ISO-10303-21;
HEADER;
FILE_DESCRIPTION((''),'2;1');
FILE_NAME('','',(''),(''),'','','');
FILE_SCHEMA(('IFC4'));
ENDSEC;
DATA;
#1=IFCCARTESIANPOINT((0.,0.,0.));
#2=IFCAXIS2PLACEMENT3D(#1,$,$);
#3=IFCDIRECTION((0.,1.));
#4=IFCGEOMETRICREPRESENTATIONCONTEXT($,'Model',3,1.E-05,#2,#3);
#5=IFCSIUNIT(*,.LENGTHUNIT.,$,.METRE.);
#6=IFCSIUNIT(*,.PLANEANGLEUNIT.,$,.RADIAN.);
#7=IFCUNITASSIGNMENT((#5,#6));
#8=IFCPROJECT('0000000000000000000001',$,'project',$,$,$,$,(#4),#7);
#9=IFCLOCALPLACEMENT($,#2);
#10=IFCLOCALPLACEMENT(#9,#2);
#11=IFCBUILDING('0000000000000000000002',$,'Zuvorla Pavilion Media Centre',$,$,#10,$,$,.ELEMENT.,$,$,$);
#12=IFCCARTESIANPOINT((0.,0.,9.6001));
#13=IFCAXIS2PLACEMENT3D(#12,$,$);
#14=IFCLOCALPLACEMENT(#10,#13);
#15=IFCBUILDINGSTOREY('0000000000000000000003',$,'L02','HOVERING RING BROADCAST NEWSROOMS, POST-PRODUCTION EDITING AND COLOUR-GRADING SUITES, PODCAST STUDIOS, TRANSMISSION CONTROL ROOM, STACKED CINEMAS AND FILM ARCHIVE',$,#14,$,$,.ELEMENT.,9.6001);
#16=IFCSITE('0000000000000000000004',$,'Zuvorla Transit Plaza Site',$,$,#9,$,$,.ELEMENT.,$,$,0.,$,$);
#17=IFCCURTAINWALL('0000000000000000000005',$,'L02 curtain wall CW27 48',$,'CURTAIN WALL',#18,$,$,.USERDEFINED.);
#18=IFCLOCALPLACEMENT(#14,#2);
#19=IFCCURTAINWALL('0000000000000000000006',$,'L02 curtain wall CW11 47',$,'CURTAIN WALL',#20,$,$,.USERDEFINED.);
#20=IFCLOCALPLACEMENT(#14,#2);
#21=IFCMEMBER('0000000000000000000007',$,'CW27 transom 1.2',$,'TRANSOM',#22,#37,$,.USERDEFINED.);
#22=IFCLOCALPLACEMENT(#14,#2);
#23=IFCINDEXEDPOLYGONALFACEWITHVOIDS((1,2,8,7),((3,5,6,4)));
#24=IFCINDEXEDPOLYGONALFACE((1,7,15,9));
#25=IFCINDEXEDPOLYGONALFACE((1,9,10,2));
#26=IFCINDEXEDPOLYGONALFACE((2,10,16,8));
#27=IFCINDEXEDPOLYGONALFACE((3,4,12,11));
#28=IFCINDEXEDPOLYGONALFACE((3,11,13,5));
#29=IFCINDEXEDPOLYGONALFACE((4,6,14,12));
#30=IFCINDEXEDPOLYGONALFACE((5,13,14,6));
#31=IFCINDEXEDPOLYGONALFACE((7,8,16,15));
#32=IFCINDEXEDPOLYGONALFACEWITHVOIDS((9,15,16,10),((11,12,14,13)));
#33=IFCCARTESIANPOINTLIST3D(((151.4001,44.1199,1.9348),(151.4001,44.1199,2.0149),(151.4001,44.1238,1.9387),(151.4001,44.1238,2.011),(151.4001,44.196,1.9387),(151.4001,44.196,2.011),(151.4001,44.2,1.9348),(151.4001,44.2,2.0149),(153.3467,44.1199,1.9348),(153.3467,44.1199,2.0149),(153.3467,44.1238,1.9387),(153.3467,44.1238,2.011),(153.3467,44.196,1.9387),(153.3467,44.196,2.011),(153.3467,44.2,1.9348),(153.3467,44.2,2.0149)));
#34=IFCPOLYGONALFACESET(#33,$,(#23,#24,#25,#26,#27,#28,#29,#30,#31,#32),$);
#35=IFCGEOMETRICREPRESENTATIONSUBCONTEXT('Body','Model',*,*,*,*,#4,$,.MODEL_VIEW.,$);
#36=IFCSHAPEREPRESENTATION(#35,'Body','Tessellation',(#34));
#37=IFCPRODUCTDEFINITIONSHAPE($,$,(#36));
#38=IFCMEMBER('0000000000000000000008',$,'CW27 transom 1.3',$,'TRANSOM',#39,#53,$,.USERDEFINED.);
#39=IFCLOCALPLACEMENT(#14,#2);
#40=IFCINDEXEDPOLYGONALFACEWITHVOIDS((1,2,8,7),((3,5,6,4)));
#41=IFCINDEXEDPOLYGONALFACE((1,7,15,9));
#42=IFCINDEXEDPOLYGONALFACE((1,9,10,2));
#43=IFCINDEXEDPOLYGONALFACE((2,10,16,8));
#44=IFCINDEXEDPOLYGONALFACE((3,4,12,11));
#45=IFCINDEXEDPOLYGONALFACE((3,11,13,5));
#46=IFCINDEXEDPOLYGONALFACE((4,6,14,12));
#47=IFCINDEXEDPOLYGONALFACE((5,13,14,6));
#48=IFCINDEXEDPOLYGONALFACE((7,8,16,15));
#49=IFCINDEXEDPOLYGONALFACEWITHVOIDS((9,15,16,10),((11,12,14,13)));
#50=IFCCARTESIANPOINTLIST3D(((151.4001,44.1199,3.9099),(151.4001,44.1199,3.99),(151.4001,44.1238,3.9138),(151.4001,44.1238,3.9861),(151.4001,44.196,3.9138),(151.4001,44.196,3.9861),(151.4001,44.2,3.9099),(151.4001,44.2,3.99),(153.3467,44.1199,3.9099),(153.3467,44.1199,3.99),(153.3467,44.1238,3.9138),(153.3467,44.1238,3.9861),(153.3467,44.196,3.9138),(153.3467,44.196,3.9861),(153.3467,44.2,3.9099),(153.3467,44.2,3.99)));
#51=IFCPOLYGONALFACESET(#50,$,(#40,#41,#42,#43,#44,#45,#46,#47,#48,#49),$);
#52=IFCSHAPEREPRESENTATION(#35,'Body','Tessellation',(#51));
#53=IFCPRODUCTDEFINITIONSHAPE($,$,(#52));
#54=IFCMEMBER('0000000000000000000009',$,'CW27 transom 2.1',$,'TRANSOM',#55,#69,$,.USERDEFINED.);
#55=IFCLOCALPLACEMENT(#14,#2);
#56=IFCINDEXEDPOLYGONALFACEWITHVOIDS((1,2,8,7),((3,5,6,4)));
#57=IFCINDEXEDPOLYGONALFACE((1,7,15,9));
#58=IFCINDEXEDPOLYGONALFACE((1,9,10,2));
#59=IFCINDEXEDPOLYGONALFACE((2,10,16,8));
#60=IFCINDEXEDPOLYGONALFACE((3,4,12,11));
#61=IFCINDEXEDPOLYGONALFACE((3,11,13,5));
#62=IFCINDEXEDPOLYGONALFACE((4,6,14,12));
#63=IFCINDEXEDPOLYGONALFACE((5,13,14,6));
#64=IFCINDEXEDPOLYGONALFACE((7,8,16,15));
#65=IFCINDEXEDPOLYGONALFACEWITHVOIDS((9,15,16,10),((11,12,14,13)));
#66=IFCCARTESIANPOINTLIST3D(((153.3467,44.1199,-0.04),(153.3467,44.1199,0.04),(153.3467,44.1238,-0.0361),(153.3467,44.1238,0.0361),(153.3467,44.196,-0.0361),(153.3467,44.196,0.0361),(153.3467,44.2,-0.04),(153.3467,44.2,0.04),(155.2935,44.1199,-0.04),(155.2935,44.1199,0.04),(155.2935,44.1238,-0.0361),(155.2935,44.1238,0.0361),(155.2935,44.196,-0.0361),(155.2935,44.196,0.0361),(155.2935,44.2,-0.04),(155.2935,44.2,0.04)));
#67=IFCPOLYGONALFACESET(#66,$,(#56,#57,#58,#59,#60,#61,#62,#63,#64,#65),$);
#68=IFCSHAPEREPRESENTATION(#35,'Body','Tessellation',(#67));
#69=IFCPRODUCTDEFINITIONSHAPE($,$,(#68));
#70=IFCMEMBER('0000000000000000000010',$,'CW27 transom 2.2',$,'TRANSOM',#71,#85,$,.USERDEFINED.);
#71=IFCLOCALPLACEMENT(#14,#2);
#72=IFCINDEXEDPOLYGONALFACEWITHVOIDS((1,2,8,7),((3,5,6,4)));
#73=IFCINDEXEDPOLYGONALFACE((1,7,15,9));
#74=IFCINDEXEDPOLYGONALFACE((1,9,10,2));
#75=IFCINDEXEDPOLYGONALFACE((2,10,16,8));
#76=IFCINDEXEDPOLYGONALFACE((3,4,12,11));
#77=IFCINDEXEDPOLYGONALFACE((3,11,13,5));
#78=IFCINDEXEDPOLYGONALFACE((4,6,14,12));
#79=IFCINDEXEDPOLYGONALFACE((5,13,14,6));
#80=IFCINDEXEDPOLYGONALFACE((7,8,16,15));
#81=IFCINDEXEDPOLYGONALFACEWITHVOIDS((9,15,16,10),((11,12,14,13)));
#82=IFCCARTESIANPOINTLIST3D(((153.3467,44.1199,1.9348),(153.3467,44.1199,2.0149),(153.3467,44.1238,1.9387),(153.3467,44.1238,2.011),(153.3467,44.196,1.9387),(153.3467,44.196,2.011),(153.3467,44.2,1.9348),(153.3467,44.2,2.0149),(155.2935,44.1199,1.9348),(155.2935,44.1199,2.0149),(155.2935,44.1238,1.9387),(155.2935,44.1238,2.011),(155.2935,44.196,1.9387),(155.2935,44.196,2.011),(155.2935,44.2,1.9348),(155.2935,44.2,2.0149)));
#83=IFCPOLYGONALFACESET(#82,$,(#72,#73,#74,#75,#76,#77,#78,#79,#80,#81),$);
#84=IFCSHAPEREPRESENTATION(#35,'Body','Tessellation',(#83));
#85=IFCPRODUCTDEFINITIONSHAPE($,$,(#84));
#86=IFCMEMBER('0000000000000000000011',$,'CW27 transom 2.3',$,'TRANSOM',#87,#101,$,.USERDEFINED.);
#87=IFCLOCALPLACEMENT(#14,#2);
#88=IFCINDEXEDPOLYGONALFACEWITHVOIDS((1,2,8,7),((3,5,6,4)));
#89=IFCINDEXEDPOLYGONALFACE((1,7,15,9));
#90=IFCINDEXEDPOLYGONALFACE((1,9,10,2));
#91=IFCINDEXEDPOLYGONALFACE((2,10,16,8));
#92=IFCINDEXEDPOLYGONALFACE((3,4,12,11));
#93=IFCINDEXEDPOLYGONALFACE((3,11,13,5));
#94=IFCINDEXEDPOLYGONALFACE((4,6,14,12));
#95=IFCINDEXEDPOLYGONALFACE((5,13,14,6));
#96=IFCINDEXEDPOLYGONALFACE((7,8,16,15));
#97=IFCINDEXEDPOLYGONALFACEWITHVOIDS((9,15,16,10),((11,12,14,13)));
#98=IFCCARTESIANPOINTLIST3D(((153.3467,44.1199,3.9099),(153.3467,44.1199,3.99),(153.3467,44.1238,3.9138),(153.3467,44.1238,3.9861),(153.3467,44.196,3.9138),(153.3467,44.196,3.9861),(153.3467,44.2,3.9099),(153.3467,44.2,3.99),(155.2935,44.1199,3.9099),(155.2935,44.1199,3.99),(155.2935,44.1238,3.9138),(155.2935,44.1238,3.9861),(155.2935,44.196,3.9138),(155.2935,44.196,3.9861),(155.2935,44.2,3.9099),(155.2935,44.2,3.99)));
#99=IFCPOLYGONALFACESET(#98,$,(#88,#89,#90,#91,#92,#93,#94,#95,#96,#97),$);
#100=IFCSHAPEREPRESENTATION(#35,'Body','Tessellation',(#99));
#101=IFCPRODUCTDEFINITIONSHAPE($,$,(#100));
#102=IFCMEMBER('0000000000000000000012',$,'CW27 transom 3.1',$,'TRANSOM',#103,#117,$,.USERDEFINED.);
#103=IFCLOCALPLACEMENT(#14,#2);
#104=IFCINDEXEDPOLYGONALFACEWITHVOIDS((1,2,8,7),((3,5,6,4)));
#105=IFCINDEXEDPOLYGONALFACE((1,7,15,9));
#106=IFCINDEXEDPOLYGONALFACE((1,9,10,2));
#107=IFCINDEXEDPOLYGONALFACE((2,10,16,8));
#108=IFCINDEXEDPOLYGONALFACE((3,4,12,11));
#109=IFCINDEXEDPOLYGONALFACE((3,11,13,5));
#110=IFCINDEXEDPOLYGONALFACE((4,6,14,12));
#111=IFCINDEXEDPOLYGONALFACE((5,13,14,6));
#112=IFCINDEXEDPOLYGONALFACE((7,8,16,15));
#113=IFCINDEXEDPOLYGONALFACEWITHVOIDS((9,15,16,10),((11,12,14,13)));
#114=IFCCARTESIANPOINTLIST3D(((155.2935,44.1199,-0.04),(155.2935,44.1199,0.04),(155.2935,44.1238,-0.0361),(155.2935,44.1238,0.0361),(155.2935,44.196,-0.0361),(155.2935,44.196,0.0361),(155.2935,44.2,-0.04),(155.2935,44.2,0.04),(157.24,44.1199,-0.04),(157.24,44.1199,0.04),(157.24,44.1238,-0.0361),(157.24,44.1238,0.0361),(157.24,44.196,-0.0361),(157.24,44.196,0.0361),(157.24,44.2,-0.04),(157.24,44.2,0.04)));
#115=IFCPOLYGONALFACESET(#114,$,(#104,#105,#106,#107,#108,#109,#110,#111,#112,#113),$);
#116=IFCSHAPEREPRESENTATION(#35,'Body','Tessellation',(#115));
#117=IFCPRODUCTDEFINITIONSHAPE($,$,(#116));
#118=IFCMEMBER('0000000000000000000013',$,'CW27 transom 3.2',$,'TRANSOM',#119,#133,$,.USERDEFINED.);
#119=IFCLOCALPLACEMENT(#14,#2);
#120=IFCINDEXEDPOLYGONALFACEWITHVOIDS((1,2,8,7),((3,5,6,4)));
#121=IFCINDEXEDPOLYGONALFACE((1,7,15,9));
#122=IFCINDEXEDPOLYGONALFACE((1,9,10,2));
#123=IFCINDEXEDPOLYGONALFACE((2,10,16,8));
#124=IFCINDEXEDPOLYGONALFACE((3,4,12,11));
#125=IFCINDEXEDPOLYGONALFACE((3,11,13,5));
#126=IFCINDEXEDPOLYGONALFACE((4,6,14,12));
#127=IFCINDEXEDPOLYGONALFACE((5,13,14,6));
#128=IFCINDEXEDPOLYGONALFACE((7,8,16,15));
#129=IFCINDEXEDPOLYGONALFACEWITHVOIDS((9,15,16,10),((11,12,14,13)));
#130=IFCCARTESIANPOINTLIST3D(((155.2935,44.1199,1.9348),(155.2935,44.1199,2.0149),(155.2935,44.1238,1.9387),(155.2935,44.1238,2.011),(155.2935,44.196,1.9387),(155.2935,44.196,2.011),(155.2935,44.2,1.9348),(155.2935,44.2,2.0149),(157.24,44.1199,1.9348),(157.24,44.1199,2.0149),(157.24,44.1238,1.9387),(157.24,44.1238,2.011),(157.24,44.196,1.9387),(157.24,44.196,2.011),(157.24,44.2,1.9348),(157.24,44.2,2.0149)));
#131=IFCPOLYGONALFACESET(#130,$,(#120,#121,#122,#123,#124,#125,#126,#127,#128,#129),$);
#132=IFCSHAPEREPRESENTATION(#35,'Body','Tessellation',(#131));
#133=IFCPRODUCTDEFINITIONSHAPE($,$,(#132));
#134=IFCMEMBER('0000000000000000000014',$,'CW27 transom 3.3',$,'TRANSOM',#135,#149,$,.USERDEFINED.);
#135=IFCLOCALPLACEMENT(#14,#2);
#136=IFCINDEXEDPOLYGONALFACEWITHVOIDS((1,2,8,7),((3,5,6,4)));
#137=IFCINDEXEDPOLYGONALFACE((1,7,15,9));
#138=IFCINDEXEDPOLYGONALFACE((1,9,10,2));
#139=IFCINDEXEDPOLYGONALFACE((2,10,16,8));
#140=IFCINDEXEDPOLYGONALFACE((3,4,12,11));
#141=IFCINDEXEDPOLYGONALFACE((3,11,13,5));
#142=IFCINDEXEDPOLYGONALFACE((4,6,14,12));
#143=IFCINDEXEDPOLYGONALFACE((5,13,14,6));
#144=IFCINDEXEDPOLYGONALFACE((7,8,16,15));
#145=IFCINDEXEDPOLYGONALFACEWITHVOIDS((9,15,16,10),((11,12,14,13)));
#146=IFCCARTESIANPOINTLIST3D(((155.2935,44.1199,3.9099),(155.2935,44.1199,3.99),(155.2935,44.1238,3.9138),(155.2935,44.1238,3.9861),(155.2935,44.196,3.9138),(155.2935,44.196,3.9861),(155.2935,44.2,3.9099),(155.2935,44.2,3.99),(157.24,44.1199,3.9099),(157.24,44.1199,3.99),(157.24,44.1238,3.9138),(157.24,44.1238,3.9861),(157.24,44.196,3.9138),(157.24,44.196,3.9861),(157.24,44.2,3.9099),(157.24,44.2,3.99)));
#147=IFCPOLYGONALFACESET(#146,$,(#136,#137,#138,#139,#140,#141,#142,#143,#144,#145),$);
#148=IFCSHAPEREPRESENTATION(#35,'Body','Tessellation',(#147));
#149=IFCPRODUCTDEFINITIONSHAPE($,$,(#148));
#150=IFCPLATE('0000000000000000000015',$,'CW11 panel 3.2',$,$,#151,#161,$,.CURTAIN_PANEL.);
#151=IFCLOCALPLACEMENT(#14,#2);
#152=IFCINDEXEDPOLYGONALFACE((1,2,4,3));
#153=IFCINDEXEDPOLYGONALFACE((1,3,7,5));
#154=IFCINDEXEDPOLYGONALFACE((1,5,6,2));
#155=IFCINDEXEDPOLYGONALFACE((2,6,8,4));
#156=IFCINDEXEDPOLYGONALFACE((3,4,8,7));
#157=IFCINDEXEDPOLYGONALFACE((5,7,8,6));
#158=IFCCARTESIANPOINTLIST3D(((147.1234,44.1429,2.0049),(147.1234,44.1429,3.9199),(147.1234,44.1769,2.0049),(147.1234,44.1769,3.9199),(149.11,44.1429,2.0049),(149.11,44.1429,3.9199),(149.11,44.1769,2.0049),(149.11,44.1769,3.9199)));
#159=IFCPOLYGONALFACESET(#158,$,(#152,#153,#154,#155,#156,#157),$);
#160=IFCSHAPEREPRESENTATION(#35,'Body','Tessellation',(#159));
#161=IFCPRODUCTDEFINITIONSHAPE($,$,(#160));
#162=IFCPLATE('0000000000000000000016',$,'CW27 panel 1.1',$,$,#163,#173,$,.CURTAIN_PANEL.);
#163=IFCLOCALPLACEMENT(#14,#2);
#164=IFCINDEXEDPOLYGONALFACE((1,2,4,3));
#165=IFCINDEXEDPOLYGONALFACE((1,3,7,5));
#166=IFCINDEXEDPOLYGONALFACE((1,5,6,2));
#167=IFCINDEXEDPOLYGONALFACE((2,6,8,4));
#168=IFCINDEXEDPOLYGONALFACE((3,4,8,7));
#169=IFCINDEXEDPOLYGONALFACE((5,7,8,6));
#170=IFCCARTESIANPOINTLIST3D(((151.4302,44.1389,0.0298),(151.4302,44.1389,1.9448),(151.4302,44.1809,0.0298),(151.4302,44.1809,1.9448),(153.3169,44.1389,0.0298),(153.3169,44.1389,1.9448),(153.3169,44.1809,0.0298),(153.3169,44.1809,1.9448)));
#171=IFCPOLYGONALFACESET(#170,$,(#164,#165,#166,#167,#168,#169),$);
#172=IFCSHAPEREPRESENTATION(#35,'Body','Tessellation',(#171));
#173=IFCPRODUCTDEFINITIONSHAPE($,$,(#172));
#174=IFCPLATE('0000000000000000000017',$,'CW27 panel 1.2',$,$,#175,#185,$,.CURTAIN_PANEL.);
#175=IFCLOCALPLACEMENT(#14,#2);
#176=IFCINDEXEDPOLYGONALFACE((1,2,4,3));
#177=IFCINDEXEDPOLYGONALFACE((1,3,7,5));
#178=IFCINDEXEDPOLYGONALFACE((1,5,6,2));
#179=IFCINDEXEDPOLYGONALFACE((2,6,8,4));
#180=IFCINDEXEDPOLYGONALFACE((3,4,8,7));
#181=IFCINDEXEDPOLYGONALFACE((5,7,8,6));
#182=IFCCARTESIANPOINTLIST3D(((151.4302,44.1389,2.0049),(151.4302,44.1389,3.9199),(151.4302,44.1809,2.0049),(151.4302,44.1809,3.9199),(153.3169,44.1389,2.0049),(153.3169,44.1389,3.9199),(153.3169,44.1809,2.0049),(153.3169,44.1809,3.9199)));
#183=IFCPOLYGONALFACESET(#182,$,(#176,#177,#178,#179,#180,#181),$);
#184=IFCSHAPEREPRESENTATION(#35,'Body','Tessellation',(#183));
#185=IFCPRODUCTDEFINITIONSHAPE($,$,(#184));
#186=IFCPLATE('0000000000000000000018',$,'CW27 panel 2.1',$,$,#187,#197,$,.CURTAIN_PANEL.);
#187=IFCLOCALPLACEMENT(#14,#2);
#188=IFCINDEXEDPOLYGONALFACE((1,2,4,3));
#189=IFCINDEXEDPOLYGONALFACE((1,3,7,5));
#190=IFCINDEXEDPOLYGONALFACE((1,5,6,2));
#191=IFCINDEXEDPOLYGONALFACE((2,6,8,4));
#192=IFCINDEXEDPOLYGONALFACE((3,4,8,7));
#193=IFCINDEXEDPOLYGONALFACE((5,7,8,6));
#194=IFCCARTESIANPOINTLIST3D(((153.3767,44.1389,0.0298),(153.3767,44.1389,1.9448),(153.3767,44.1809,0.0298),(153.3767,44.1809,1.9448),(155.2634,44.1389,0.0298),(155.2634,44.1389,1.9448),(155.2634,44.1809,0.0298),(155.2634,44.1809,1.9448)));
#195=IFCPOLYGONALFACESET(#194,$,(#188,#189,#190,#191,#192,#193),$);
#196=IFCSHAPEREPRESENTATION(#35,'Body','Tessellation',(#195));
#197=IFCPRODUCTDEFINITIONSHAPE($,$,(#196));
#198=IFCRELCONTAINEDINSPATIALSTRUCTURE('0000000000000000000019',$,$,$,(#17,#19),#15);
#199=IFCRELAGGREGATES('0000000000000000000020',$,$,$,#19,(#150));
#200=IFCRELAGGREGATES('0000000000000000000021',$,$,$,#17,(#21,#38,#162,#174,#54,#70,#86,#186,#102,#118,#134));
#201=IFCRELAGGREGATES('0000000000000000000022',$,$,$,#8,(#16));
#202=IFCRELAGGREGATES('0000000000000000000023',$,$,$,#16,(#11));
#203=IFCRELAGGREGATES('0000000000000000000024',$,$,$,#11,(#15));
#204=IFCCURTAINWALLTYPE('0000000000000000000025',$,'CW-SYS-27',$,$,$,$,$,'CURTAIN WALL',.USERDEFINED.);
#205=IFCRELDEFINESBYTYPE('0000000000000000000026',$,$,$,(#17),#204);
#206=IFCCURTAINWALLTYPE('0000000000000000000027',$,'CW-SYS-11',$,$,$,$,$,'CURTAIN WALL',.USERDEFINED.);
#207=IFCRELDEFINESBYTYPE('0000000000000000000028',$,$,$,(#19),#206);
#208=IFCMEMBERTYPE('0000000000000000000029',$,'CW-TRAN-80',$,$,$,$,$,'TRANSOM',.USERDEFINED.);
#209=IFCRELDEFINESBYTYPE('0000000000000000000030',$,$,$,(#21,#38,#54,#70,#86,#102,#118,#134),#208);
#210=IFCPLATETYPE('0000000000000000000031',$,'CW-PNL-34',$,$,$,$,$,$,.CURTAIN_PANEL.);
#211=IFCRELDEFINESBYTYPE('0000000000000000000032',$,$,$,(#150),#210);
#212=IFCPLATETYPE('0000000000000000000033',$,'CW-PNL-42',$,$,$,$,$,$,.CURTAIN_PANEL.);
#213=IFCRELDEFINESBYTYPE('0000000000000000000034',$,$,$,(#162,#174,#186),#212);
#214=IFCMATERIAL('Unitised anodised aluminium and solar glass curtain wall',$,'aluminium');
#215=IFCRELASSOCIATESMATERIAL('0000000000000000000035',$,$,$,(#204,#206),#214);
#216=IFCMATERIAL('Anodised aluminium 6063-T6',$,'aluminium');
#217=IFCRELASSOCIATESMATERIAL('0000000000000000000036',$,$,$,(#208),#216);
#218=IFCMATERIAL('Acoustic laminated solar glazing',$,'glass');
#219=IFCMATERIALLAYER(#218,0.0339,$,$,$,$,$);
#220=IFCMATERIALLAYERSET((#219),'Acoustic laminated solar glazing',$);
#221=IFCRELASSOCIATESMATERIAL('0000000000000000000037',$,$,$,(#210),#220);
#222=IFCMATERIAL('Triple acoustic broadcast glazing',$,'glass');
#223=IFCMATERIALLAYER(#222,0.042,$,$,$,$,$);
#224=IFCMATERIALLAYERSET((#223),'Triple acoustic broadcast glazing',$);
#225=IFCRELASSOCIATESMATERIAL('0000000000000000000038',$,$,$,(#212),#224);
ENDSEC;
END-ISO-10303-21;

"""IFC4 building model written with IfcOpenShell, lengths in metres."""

from ifc_helpers import new_model, si_unit, direction, frame, origin, origin_2d, place, context, subcontext, project, spatial, rectangle, hollow_rectangle, extrude, material, layer, layer_set, material_profile, profile_set, type_object, element, aggregate, save


model = new_model("IFC4")

# Units and contexts
model_context = context("Model", 3, precision=1e-05, world=origin(), true_north=direction((0.0, 1.0)))
body_context = subcontext(model_context, "Body", "Model", "MODEL_VIEW")
ifc_project = project(units=[si_unit("LENGTHUNIT", "METRE"), si_unit("PLANEANGLEUNIT", "RADIAN")], contexts=[model_context])

# Site, building, storey
site_placement = place(None, origin())
site = spatial("IfcSite", under=ifc_project, at=site_placement, Name="Zuvorla Transit Plaza Site", CompositionType="ELEMENT", RefElevation=0.0)
building_placement = place(site_placement, origin())
building = spatial("IfcBuilding", under=site, at=building_placement, Name="Zuvorla Pavilion Media Centre", CompositionType="ELEMENT")
storey_placement = place(building_placement, frame((0.0, 0.0, 9.6001)))
storey = spatial("IfcBuildingStorey", under=building, at=storey_placement, Name="L02", Description="HOVERING RING BROADCAST NEWSROOMS, POST-PRODUCTION EDITING AND COLOUR-GRADING SUITES, PODCAST STUDIOS, TRANSMISSION CONTROL ROOM, STACKED CINEMAS AND FILM ARCHIVE", CompositionType="ELEMENT", Elevation=9.6001)

# Curtain wall
ifc_material_1 = material(Name="Unitised anodised aluminium and solar glass curtain wall", Category="aluminium")
curtain_wall_type_1 = type_object("IfcCurtainWallType", Name="CW-SYS-27", ElementType="CURTAIN WALL", PredefinedType="USERDEFINED", material=ifc_material_1)
curtain_wall_1_placement = place(storey_placement, origin())
curtain_wall_1 = element("IfcCurtainWall", 1, at=curtain_wall_1_placement, inside=storey, type_object=curtain_wall_type_1, Name="L02 curtain wall CW27 48", ObjectType="CURTAIN WALL", PredefinedType="USERDEFINED")
ifc_material_2 = material(Name="Anodised aluminium 6063-T6", Category="aluminium")

# Curtain wall
curtain_wall_type_2 = type_object("IfcCurtainWallType", Name="CW-SYS-11", ElementType="CURTAIN WALL", PredefinedType="USERDEFINED", material=ifc_material_1)
curtain_wall_2_placement = place(storey_placement, origin())
curtain_wall_2 = element("IfcCurtainWall", 2, at=curtain_wall_2_placement, inside=storey, type_object=curtain_wall_type_2, Name="L02 curtain wall CW11 47", ObjectType="CURTAIN WALL", PredefinedType="USERDEFINED")

# Members
ifc_material_profile_1 = material_profile(ifc_material_2, hollow_rectangle(XDim=0.0801, YDim=0.0801, WallThickness=0.0039, at=origin_2d()), Name="ALU TRAN 80x80")
ifc_profile_set_1 = profile_set([ifc_material_profile_1], Name="Anodised aluminium 6063-T6")
member_type_1 = type_object("IfcMemberType", Name="CW-TRAN-80", ElementType="TRANSOM", PredefinedType="USERDEFINED", material=ifc_profile_set_1)
member_1_placement = place(storey_placement, frame((151.4001, 44.1599, 1.9749), z_axis=(1.0, 0.0, 0.0), x_axis=(0.0, 1.0, 0.0)))
member_1 = element("IfcMember", 3, at=member_1_placement, type_object=member_type_1, Name="CW27 transom 1.2", ObjectType="TRANSOM", PredefinedType="USERDEFINED", context=body_context, shape_type="SweptSolid", body=[
    extrude(hollow_rectangle(XDim=0.0801, YDim=0.0801, WallThickness=0.0039, at=origin_2d()), origin(), (0.0, 0.0, 1.0), 1.9465),
])
member_2_placement = place(storey_placement, frame((151.4001, 44.1599, 3.95), z_axis=(1.0, 0.0, 0.0), x_axis=(0.0, 1.0, 0.0)))
member_2 = element("IfcMember", 4, at=member_2_placement, type_object=member_type_1, Name="CW27 transom 1.3", ObjectType="TRANSOM", PredefinedType="USERDEFINED", context=body_context, shape_type="SweptSolid", body=[
    extrude(hollow_rectangle(XDim=0.0801, YDim=0.0801, WallThickness=0.0039, at=origin_2d()), origin(), (0.0, 0.0, 1.0), 1.9465),
])
member_3_placement = place(storey_placement, frame((153.3467, 44.1599, 0.0), z_axis=(1.0, 0.0, 0.0), x_axis=(0.0, 1.0, 0.0)))
member_3 = element("IfcMember", 5, at=member_3_placement, type_object=member_type_1, Name="CW27 transom 2.1", ObjectType="TRANSOM", PredefinedType="USERDEFINED", context=body_context, shape_type="SweptSolid", body=[
    extrude(hollow_rectangle(XDim=0.0801, YDim=0.0801, WallThickness=0.0039, at=origin_2d()), origin(), (0.0, 0.0, 1.0), 1.9468),
])
member_4_placement = place(storey_placement, frame((153.3467, 44.1599, 1.9749), z_axis=(1.0, 0.0, 0.0), x_axis=(0.0, 1.0, 0.0)))
member_4 = element("IfcMember", 6, at=member_4_placement, type_object=member_type_1, Name="CW27 transom 2.2", ObjectType="TRANSOM", PredefinedType="USERDEFINED", context=body_context, shape_type="SweptSolid", body=[
    extrude(hollow_rectangle(XDim=0.0801, YDim=0.0801, WallThickness=0.0039, at=origin_2d()), origin(), (0.0, 0.0, 1.0), 1.9468),
])
member_5_placement = place(storey_placement, frame((153.3467, 44.1599, 3.95), z_axis=(1.0, 0.0, 0.0), x_axis=(0.0, 1.0, 0.0)))
member_5 = element("IfcMember", 7, at=member_5_placement, type_object=member_type_1, Name="CW27 transom 2.3", ObjectType="TRANSOM", PredefinedType="USERDEFINED", context=body_context, shape_type="SweptSolid", body=[
    extrude(hollow_rectangle(XDim=0.0801, YDim=0.0801, WallThickness=0.0039, at=origin_2d()), origin(), (0.0, 0.0, 1.0), 1.9468),
])
member_6_placement = place(storey_placement, frame((155.2935, 44.1599, 0.0), z_axis=(1.0, 0.0, 0.0), x_axis=(0.0, 1.0, 0.0)))
member_6 = element("IfcMember", 8, at=member_6_placement, type_object=member_type_1, Name="CW27 transom 3.1", ObjectType="TRANSOM", PredefinedType="USERDEFINED", context=body_context, shape_type="SweptSolid", body=[
    extrude(hollow_rectangle(XDim=0.0801, YDim=0.0801, WallThickness=0.0039, at=origin_2d()), origin(), (0.0, 0.0, 1.0), 1.9465),
])
member_7_placement = place(storey_placement, frame((155.2935, 44.1599, 1.9749), z_axis=(1.0, 0.0, 0.0), x_axis=(0.0, 1.0, 0.0)))
member_7 = element("IfcMember", 9, at=member_7_placement, type_object=member_type_1, Name="CW27 transom 3.2", ObjectType="TRANSOM", PredefinedType="USERDEFINED", context=body_context, shape_type="SweptSolid", body=[
    extrude(hollow_rectangle(XDim=0.0801, YDim=0.0801, WallThickness=0.0039, at=origin_2d()), origin(), (0.0, 0.0, 1.0), 1.9465),
])
member_8_placement = place(storey_placement, frame((155.2935, 44.1599, 3.95), z_axis=(1.0, 0.0, 0.0), x_axis=(0.0, 1.0, 0.0)))
member_8 = element("IfcMember", 10, at=member_8_placement, type_object=member_type_1, Name="CW27 transom 3.3", ObjectType="TRANSOM", PredefinedType="USERDEFINED", context=body_context, shape_type="SweptSolid", body=[
    extrude(hollow_rectangle(XDim=0.0801, YDim=0.0801, WallThickness=0.0039, at=origin_2d()), origin(), (0.0, 0.0, 1.0), 1.9465),
])

# Plates
ifc_material_3 = material(Name="Acoustic laminated solar glazing", Category="glass")
ifc_layer_1 = layer(ifc_material_3, 0.0339)
ifc_layer_set_1 = layer_set([ifc_layer_1], Name="Acoustic laminated solar glazing")
plate_type_1 = type_object("IfcPlateType", Name="CW-PNL-34", PredefinedType="CURTAIN_PANEL", material=ifc_layer_set_1)
plate_1_placement = place(storey_placement, frame((148.1167, 44.1599, 2.0049), z_axis=(0.0, 0.0, 1.0), x_axis=(1.0, 0.0, 0.0)))
plate_1 = element("IfcPlate", 11, at=plate_1_placement, type_object=plate_type_1, Name="CW11 panel 3.2", PredefinedType="CURTAIN_PANEL", context=body_context, shape_type="SweptSolid", body=[
    extrude(rectangle(XDim=1.9866, YDim=0.0339, at=origin_2d()), origin(), (0.0, 0.0, 1.0), 1.915),
])
aggregate(curtain_wall_2, [plate_1])
ifc_material_4 = material(Name="Triple acoustic broadcast glazing", Category="glass")
ifc_layer_2 = layer(ifc_material_4, 0.042)
ifc_layer_set_2 = layer_set([ifc_layer_2], Name="Triple acoustic broadcast glazing")
plate_type_2 = type_object("IfcPlateType", Name="CW-PNL-42", PredefinedType="CURTAIN_PANEL", material=ifc_layer_set_2)
plate_2_placement = place(storey_placement, frame((152.3735, 44.1599, 0.0298), z_axis=(0.0, 0.0, 1.0), x_axis=(1.0, 0.0, 0.0)))
plate_2 = element("IfcPlate", 12, at=plate_2_placement, type_object=plate_type_2, Name="CW27 panel 1.1", PredefinedType="CURTAIN_PANEL", context=body_context, shape_type="SweptSolid", body=[
    extrude(rectangle(XDim=1.8867, YDim=0.042, at=origin_2d()), origin(), (0.0, 0.0, 1.0), 1.915),
])
plate_3_placement = place(storey_placement, frame((152.3735, 44.1599, 2.0049), z_axis=(0.0, 0.0, 1.0), x_axis=(1.0, 0.0, 0.0)))
plate_3 = element("IfcPlate", 13, at=plate_3_placement, type_object=plate_type_2, Name="CW27 panel 1.2", PredefinedType="CURTAIN_PANEL", context=body_context, shape_type="SweptSolid", body=[
    extrude(rectangle(XDim=1.8867, YDim=0.042, at=origin_2d()), origin(), (0.0, 0.0, 1.0), 1.915),
])
plate_4_placement = place(storey_placement, frame((154.3201, 44.1599, 0.0298), z_axis=(0.0, 0.0, 1.0), x_axis=(1.0, 0.0, 0.0)))
plate_4 = element("IfcPlate", 14, at=plate_4_placement, type_object=plate_type_2, Name="CW27 panel 2.1", PredefinedType="CURTAIN_PANEL", context=body_context, shape_type="SweptSolid", body=[
    extrude(rectangle(XDim=1.8867, YDim=0.042, at=origin_2d()), origin(), (0.0, 0.0, 1.0), 1.915),
])
aggregate(curtain_wall_1, [member_1, member_2, plate_2, plate_3, member_3, member_4, member_5, plate_4, member_6, member_7, member_8])

save(model, "model.ifc")
